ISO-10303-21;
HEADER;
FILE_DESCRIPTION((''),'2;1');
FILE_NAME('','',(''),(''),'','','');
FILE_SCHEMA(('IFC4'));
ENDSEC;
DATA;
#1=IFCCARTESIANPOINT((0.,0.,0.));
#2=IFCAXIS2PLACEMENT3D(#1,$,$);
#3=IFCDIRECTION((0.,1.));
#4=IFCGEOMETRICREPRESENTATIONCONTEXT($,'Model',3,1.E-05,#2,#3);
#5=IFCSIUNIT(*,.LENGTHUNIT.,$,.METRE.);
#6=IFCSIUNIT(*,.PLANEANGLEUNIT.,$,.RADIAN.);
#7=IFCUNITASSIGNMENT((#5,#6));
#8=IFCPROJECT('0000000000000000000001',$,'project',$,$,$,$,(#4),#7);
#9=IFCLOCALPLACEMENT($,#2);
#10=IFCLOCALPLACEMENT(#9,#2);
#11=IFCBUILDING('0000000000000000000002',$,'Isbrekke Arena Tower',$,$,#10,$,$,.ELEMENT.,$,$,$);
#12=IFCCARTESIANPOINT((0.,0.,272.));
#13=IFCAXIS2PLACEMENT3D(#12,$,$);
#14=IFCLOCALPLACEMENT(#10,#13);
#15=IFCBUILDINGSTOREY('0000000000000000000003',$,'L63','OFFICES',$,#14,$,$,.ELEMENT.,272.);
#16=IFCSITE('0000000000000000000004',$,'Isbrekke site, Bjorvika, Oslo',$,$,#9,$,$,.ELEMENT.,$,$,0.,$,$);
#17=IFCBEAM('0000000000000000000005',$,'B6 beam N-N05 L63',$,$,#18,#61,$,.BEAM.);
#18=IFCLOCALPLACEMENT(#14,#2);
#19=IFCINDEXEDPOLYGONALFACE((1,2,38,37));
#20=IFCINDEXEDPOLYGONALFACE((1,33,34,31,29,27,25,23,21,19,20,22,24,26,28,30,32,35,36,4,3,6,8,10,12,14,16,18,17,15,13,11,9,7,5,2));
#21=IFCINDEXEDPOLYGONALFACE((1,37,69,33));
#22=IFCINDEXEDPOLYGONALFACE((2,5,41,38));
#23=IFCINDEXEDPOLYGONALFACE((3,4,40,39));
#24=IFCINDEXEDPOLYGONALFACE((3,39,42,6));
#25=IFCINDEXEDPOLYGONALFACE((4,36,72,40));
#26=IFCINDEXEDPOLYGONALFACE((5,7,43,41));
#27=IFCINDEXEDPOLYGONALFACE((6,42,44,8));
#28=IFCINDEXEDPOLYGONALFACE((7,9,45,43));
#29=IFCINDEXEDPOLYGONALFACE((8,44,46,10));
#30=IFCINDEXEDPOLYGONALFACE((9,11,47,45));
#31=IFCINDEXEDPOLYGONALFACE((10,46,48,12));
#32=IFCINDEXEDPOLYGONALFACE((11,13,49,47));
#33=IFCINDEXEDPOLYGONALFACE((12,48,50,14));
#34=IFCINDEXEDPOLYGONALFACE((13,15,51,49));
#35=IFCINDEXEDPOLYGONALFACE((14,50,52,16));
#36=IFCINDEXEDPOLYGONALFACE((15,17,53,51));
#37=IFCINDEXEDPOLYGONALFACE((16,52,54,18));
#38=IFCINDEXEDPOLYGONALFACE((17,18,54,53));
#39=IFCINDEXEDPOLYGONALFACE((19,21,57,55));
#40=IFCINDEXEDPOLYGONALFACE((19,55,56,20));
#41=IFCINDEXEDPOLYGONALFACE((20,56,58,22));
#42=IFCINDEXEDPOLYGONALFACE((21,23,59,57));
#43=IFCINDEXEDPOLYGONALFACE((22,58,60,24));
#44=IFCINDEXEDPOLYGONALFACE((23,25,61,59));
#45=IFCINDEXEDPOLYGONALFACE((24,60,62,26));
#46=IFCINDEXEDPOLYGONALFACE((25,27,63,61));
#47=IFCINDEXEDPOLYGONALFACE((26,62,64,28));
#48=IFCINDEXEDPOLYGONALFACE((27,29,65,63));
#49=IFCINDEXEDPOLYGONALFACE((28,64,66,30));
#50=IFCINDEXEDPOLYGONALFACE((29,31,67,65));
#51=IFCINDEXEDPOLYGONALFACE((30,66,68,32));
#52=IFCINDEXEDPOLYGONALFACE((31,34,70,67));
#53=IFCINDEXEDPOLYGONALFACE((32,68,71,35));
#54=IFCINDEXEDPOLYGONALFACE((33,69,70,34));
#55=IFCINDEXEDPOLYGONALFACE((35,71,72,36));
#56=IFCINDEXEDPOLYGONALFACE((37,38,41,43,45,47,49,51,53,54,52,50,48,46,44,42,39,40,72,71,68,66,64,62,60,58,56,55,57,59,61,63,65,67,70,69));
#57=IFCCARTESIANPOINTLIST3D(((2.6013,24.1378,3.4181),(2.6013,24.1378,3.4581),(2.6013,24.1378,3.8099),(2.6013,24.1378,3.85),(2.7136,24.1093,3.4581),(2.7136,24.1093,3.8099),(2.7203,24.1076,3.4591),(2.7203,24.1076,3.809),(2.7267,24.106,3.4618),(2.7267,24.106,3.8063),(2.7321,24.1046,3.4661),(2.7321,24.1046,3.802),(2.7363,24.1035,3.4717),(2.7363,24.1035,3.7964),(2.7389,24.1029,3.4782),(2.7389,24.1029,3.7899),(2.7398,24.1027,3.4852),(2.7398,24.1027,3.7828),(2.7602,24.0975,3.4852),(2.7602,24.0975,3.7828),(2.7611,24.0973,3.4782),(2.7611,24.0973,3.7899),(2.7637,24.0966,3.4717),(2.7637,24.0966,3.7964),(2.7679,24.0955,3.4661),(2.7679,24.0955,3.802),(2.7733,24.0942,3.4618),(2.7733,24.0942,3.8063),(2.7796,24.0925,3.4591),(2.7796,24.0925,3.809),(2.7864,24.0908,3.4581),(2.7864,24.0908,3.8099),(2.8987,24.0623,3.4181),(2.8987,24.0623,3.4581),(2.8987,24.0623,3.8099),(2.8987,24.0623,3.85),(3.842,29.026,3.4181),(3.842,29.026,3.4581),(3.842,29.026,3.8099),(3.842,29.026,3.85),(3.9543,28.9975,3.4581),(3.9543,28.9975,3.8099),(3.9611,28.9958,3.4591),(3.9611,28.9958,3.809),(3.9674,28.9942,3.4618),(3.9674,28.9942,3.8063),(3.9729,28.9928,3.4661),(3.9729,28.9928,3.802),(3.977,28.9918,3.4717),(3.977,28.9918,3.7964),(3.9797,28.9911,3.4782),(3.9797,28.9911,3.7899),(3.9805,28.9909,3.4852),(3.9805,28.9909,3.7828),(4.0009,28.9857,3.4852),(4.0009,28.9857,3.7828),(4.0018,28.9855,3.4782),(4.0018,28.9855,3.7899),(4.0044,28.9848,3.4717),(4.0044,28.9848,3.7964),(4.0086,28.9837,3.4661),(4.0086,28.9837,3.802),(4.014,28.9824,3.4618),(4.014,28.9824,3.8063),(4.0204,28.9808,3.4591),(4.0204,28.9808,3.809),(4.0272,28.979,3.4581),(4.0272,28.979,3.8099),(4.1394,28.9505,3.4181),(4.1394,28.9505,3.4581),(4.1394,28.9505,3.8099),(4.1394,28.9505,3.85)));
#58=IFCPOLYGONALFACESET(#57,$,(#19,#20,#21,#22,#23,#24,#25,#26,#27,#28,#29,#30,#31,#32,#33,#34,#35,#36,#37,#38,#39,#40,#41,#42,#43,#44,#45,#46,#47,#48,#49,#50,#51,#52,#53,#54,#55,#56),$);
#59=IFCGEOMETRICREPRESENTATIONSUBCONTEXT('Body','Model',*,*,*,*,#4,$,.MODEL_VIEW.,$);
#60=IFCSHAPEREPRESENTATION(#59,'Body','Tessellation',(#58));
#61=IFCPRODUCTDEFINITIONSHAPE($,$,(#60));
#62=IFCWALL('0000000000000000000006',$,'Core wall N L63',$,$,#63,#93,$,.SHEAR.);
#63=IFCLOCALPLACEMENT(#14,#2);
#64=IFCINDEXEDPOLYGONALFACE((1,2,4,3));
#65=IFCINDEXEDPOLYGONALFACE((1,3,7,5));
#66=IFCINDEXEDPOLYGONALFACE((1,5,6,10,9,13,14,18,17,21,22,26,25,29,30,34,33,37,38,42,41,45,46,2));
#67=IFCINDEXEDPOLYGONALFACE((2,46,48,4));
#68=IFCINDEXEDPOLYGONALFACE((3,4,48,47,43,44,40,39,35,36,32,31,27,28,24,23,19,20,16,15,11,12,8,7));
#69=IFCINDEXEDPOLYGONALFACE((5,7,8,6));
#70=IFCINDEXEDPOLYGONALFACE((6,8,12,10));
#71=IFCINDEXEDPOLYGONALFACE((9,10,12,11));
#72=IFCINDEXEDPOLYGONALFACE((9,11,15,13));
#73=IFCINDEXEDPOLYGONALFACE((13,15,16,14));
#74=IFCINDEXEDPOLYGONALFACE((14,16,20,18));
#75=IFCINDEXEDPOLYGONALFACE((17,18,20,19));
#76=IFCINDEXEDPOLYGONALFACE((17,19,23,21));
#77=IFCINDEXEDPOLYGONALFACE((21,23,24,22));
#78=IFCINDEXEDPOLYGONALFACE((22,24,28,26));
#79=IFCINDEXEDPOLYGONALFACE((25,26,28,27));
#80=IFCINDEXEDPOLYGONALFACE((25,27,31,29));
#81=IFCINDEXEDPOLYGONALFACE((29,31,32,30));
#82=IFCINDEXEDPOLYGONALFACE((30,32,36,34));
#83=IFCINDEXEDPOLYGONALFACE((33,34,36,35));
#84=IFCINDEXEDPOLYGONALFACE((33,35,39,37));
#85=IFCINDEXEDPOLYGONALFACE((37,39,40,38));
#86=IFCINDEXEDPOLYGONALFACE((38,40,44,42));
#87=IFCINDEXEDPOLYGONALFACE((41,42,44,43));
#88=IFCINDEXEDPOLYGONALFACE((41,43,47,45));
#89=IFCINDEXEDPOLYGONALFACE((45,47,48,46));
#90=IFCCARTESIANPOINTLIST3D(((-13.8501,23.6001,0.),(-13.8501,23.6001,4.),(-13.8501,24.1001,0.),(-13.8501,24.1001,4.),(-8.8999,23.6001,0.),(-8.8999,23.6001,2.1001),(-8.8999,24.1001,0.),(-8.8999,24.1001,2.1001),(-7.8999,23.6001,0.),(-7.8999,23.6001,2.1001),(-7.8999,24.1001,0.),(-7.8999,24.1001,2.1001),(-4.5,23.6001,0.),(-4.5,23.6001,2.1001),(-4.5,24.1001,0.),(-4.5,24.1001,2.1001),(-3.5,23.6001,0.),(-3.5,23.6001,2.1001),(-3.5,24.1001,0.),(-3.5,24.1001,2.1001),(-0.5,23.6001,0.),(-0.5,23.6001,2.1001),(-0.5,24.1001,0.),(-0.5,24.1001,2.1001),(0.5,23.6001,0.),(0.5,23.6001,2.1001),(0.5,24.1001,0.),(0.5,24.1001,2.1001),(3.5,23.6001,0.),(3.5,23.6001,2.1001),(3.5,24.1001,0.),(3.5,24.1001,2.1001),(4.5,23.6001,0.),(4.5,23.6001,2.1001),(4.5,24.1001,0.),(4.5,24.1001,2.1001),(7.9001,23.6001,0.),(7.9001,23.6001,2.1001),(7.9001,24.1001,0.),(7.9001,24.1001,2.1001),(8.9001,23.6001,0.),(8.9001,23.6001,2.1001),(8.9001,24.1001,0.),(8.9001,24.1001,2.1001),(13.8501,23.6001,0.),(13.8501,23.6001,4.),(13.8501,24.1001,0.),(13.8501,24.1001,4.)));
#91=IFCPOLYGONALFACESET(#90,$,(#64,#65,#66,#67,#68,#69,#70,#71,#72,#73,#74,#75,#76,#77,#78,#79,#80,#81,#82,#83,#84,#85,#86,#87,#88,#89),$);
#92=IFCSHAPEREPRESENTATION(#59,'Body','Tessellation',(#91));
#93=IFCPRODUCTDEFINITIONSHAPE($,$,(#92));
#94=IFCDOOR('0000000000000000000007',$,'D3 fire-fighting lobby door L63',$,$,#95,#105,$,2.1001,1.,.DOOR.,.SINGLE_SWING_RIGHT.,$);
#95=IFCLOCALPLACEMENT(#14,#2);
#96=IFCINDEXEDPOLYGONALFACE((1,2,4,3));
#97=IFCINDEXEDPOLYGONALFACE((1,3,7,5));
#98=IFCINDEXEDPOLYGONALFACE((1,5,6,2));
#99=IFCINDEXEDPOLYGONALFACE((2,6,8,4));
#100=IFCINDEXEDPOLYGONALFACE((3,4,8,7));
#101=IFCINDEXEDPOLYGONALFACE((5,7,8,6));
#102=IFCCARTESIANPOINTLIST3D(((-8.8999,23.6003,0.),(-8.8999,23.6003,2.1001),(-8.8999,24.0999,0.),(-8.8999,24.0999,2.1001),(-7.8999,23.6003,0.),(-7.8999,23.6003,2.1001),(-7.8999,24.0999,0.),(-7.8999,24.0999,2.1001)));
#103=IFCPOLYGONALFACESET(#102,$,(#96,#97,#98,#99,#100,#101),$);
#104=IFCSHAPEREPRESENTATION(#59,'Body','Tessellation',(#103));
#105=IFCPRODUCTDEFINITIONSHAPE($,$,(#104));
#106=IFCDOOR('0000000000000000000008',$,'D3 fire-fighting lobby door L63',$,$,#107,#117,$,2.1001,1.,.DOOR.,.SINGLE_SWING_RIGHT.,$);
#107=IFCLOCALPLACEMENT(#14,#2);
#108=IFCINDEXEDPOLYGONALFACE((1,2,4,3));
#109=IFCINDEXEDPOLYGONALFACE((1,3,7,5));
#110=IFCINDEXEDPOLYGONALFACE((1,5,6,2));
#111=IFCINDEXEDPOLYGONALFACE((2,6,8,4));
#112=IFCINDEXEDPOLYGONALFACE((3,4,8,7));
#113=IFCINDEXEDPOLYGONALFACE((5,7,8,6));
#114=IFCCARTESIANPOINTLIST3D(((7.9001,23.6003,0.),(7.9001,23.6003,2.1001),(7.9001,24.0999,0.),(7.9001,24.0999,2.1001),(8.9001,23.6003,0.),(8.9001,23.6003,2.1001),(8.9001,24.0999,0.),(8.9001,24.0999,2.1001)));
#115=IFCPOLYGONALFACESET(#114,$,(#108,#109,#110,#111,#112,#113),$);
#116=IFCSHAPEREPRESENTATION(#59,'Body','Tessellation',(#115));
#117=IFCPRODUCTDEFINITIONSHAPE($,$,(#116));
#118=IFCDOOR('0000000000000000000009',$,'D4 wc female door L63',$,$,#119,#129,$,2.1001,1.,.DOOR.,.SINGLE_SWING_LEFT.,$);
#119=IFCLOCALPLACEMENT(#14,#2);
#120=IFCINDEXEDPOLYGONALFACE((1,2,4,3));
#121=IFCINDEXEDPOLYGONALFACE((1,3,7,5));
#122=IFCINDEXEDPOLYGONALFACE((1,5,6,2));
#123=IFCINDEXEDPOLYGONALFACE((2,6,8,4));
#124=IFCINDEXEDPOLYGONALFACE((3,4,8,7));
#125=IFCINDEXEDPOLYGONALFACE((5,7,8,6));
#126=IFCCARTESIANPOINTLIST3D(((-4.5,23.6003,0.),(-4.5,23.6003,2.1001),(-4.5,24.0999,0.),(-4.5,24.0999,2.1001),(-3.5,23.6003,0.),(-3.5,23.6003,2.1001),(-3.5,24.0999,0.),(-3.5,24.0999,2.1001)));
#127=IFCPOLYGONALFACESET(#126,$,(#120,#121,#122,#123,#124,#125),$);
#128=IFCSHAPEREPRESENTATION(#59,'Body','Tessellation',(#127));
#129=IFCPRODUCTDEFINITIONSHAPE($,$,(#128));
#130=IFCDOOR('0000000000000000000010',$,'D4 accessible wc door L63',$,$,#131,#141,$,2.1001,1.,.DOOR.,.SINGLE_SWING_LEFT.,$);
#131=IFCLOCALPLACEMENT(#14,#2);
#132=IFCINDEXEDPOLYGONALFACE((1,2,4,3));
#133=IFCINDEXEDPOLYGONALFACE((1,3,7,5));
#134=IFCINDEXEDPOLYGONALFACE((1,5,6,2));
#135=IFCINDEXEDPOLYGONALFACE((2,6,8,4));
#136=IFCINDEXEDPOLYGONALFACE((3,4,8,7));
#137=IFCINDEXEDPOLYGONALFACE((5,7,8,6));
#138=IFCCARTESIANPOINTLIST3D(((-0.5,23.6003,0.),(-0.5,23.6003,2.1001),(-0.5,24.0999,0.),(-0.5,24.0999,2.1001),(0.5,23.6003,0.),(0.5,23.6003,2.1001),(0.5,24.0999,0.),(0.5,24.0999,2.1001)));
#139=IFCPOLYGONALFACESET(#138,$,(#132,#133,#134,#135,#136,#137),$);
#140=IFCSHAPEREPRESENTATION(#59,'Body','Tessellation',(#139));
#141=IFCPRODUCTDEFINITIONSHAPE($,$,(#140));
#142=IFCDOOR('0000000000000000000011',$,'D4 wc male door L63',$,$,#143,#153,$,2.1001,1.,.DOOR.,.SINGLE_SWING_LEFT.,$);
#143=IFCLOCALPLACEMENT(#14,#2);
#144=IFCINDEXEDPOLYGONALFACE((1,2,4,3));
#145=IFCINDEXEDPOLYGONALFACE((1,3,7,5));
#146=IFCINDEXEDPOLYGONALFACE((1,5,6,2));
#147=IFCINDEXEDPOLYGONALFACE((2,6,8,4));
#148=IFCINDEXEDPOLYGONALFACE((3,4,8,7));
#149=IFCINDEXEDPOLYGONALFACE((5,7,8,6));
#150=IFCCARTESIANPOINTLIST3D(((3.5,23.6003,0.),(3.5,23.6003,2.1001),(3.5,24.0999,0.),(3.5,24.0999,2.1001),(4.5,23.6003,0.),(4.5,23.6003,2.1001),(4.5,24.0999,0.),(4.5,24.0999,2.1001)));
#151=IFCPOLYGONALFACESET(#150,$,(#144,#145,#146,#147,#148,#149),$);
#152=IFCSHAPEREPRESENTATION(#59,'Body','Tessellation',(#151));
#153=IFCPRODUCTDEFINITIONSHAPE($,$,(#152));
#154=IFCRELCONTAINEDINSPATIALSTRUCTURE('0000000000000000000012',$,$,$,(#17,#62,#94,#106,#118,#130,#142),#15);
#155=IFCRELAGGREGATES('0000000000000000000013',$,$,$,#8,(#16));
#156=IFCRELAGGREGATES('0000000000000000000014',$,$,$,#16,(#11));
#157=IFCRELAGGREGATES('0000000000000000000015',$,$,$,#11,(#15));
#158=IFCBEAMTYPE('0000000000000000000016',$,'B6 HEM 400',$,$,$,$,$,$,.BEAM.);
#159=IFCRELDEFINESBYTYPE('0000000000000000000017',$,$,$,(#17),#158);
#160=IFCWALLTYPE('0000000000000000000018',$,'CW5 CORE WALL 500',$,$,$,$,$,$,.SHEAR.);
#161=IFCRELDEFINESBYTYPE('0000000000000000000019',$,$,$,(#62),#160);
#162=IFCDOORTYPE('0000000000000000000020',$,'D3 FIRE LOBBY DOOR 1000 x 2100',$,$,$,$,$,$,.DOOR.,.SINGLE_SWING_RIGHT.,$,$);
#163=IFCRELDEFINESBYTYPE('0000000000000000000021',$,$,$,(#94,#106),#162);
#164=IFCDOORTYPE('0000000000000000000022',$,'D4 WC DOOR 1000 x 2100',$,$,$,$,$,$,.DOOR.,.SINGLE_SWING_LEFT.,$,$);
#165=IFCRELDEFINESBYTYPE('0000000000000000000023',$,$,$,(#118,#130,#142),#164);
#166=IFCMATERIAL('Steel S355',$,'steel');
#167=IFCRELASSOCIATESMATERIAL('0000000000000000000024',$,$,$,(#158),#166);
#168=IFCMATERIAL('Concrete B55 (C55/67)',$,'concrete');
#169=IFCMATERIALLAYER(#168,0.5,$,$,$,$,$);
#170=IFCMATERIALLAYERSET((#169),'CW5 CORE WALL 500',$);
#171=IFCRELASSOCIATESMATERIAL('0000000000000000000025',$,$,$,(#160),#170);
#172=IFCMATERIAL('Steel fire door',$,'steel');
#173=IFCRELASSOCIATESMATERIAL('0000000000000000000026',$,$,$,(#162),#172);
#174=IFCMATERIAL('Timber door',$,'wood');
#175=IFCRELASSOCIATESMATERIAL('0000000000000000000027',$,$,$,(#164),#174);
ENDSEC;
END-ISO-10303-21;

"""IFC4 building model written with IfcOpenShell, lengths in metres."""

from ifc_helpers import new_model, si_unit, direction, frame, frame_2d, origin, origin_2d, place, context, subcontext, project, spatial, rectangle, i_section, extrude, material, layer, layer_set, material_profile, profile_set, type_object, element, fill, save


model = new_model("IFC4")

# Units and contexts
model_context = context("Model", 3, precision=1e-05, world=origin(), true_north=direction((0.0, 1.0)))
body_context = subcontext(model_context, "Body", "Model", "MODEL_VIEW")
ifc_project = project(units=[si_unit("LENGTHUNIT", "METRE"), si_unit("PLANEANGLEUNIT", "RADIAN")], contexts=[model_context])

# Site, building, storey
site_placement = place(None, origin())
site = spatial("IfcSite", under=ifc_project, at=site_placement, Name="Isbrekke site, Bjorvika, Oslo", CompositionType="ELEMENT", RefElevation=0.0)
building_placement = place(site_placement, origin())
building = spatial("IfcBuilding", under=site, at=building_placement, Name="Isbrekke Arena Tower", CompositionType="ELEMENT")
storey_placement = place(building_placement, frame((0.0, 0.0, 272.0)))
storey = spatial("IfcBuildingStorey", under=building, at=storey_placement, Name="L63", Description="OFFICES", CompositionType="ELEMENT", Elevation=272.0)

# Beam
ifc_material_1 = material(Name="Steel S355", Category="steel")
ifc_material_profile = material_profile(ifc_material_1, i_section(OverallWidth=0.3069, OverallDepth=0.4319, WebThickness=0.021, FlangeThickness=0.04, FilletRadius=0.0271, at=origin_2d()), Name="HEM 400")
ifc_profile_set = profile_set([ifc_material_profile], Name="Steel S355")
beam_type = type_object("IfcBeamType", Name="B6 HEM 400", PredefinedType="BEAM", material=ifc_profile_set)
beam_placement = place(storey_placement, frame((3.9907, 28.9883, 3.634), z_axis=(-0.24602, -0.969265, 0.0), x_axis=(0.969265, -0.24602, 0.0)))
element("IfcBeam", 1, at=beam_placement, inside=storey, type_object=beam_type, Name="B6 beam N-N05 L63", PredefinedType="BEAM", context=body_context, shape_type="SweptSolid", body=[
    extrude(i_section(OverallWidth=0.3069, OverallDepth=0.4319, WebThickness=0.021, FlangeThickness=0.04, FilletRadius=0.0271, at=origin_2d()), origin(), (0.0, 0.0, 1.0), 5.0432),
])

# Wall, openings, doors
ifc_material_2 = material(Name="Concrete B55 (C55/67)", Category="concrete")
ifc_layer_1 = layer(ifc_material_2, 0.5)
ifc_layer_set_1 = layer_set([ifc_layer_1], Name="CW5 CORE WALL 500")
wall_type_1 = type_object("IfcWallType", Name="CW5 CORE WALL 500", PredefinedType="SHEAR", material=ifc_layer_set_1)
wall_1_placement = place(storey_placement, frame((13.8501, 23.8501, 0.0), z_axis=(0.0, 0.0, 1.0), x_axis=(-1.0, 0.0, 0.0)))
wall_1 = element("IfcWall", 2, at=wall_1_placement, inside=storey, type_object=wall_type_1, Name="Core wall N L63", PredefinedType="SHEAR", context=body_context, shape_type="SweptSolid", body=[
    extrude(rectangle(XDim=27.7002, YDim=0.5, at=frame_2d((13.8501, 0.0))), origin(), (0.0, 0.0, 1.0), 4.0),
])
opening_1_placement = place(wall_1_placement, frame((21.75, 0.0, 0.0)))
opening_1 = element("IfcOpeningElement", 3, at=opening_1_placement, cuts=wall_1, PredefinedType="OPENING", context=body_context, shape_type="SweptSolid", body=[
    extrude(rectangle(XDim=1.0, YDim=2.1001, at=frame_2d((0.5, 1.05))), frame((0.0, 0.2649, 0.0), z_axis=(0.0, -1.0, 0.0), x_axis=(1.0, 0.0, 0.0)), (0.0, 0.0, 1.0), 0.5298),
])
opening_2_placement = place(wall_1_placement, frame((4.95, 0.0, 0.0)))
opening_2 = element("IfcOpeningElement", 4, at=opening_2_placement, cuts=wall_1, PredefinedType="OPENING", context=body_context, shape_type="SweptSolid", body=[
    extrude(rectangle(XDim=1.0, YDim=2.1001, at=frame_2d((0.5, 1.05))), frame((0.0, 0.2649, 0.0), z_axis=(0.0, -1.0, 0.0), x_axis=(1.0, 0.0, 0.0)), (0.0, 0.0, 1.0), 0.5298),
])
opening_3_placement = place(wall_1_placement, frame((17.3501, 0.0, 0.0)))
opening_3 = element("IfcOpeningElement", 5, at=opening_3_placement, cuts=wall_1, PredefinedType="OPENING", context=body_context, shape_type="SweptSolid", body=[
    extrude(rectangle(XDim=1.0, YDim=2.1001, at=frame_2d((0.5, 1.05))), frame((0.0, 0.2649, 0.0), z_axis=(0.0, -1.0, 0.0), x_axis=(1.0, 0.0, 0.0)), (0.0, 0.0, 1.0), 0.5298),
])
opening_4_placement = place(wall_1_placement, frame((13.3501, 0.0, 0.0)))
opening_4 = element("IfcOpeningElement", 6, at=opening_4_placement, cuts=wall_1, PredefinedType="OPENING", context=body_context, shape_type="SweptSolid", body=[
    extrude(rectangle(XDim=1.0, YDim=2.1001, at=frame_2d((0.5, 1.05))), frame((0.0, 0.2649, 0.0), z_axis=(0.0, -1.0, 0.0), x_axis=(1.0, 0.0, 0.0)), (0.0, 0.0, 1.0), 0.5298),
])
opening_5_placement = place(wall_1_placement, frame((9.3501, 0.0, 0.0)))
opening_5 = element("IfcOpeningElement", 7, at=opening_5_placement, cuts=wall_1, PredefinedType="OPENING", context=body_context, shape_type="SweptSolid", body=[
    extrude(rectangle(XDim=1.0, YDim=2.1001, at=frame_2d((0.5, 1.05))), frame((0.0, 0.2649, 0.0), z_axis=(0.0, -1.0, 0.0), x_axis=(1.0, 0.0, 0.0)), (0.0, 0.0, 1.0), 0.5298),
])
ifc_material_3 = material(Name="Steel fire door", Category="steel")
door_type_1 = type_object("IfcDoorType", Name="D3 FIRE LOBBY DOOR 1000 x 2100", OperationType="SINGLE_SWING_RIGHT", PredefinedType="DOOR", material=ifc_material_3)
door_1_placement = place(opening_1_placement, origin())
door_1 = element("IfcDoor", 8, at=door_1_placement, inside=storey, type_object=door_type_1, Name="D3 fire-fighting lobby door L63", OperationType="SINGLE_SWING_RIGHT", OverallHeight=2.1001, OverallWidth=1.0, PredefinedType="DOOR", context=body_context, shape_type="SweptSolid", body=[
    extrude(rectangle(XDim=1.0, YDim=2.1001, at=frame_2d((0.5, 1.05))), frame((0.0, 0.2498, 0.0), z_axis=(0.0, -1.0, 0.0), x_axis=(1.0, 0.0, 0.0)), (0.0, 0.0, 1.0), 0.4995),
])
fill(opening_1, door_1)
door_2_placement = place(opening_2_placement, origin())
door_2 = element("IfcDoor", 9, at=door_2_placement, inside=storey, type_object=door_type_1, Name="D3 fire-fighting lobby door L63", OperationType="SINGLE_SWING_RIGHT", OverallHeight=2.1001, OverallWidth=1.0, PredefinedType="DOOR", context=body_context, shape_type="SweptSolid", body=[
    extrude(rectangle(XDim=1.0, YDim=2.1001, at=frame_2d((0.5, 1.05))), frame((0.0, 0.2498, 0.0), z_axis=(0.0, -1.0, 0.0), x_axis=(1.0, 0.0, 0.0)), (0.0, 0.0, 1.0), 0.4995),
])
fill(opening_2, door_2)
ifc_material_4 = material(Name="Timber door", Category="wood")
door_type_2 = type_object("IfcDoorType", Name="D4 WC DOOR 1000 x 2100", OperationType="SINGLE_SWING_LEFT", PredefinedType="DOOR", material=ifc_material_4)
door_3_placement = place(opening_3_placement, origin())
door_3 = element("IfcDoor", 10, at=door_3_placement, inside=storey, type_object=door_type_2, Name="D4 wc female door L63", OperationType="SINGLE_SWING_LEFT", OverallHeight=2.1001, OverallWidth=1.0, PredefinedType="DOOR", context=body_context, shape_type="SweptSolid", body=[
    extrude(rectangle(XDim=1.0, YDim=2.1001, at=frame_2d((0.5, 1.05))), frame((0.0, 0.2498, 0.0), z_axis=(0.0, -1.0, 0.0), x_axis=(1.0, 0.0, 0.0)), (0.0, 0.0, 1.0), 0.4995),
])
fill(opening_3, door_3)
door_4_placement = place(opening_4_placement, origin())
door_4 = element("IfcDoor", 11, at=door_4_placement, inside=storey, type_object=door_type_2, Name="D4 accessible wc door L63", OperationType="SINGLE_SWING_LEFT", OverallHeight=2.1001, OverallWidth=1.0, PredefinedType="DOOR", context=body_context, shape_type="SweptSolid", body=[
    extrude(rectangle(XDim=1.0, YDim=2.1001, at=frame_2d((0.5, 1.05))), frame((0.0, 0.2498, 0.0), z_axis=(0.0, -1.0, 0.0), x_axis=(1.0, 0.0, 0.0)), (0.0, 0.0, 1.0), 0.4995),
])
fill(opening_4, door_4)
door_5_placement = place(opening_5_placement, origin())
door_5 = element("IfcDoor", 12, at=door_5_placement, inside=storey, type_object=door_type_2, Name="D4 wc male door L63", OperationType="SINGLE_SWING_LEFT", OverallHeight=2.1001, OverallWidth=1.0, PredefinedType="DOOR", context=body_context, shape_type="SweptSolid", body=[
    extrude(rectangle(XDim=1.0, YDim=2.1001, at=frame_2d((0.5, 1.05))), frame((0.0, 0.2498, 0.0), z_axis=(0.0, -1.0, 0.0), x_axis=(1.0, 0.0, 0.0)), (0.0, 0.0, 1.0), 0.4995),
])
fill(opening_5, door_5)

save(model, "model.ifc")
